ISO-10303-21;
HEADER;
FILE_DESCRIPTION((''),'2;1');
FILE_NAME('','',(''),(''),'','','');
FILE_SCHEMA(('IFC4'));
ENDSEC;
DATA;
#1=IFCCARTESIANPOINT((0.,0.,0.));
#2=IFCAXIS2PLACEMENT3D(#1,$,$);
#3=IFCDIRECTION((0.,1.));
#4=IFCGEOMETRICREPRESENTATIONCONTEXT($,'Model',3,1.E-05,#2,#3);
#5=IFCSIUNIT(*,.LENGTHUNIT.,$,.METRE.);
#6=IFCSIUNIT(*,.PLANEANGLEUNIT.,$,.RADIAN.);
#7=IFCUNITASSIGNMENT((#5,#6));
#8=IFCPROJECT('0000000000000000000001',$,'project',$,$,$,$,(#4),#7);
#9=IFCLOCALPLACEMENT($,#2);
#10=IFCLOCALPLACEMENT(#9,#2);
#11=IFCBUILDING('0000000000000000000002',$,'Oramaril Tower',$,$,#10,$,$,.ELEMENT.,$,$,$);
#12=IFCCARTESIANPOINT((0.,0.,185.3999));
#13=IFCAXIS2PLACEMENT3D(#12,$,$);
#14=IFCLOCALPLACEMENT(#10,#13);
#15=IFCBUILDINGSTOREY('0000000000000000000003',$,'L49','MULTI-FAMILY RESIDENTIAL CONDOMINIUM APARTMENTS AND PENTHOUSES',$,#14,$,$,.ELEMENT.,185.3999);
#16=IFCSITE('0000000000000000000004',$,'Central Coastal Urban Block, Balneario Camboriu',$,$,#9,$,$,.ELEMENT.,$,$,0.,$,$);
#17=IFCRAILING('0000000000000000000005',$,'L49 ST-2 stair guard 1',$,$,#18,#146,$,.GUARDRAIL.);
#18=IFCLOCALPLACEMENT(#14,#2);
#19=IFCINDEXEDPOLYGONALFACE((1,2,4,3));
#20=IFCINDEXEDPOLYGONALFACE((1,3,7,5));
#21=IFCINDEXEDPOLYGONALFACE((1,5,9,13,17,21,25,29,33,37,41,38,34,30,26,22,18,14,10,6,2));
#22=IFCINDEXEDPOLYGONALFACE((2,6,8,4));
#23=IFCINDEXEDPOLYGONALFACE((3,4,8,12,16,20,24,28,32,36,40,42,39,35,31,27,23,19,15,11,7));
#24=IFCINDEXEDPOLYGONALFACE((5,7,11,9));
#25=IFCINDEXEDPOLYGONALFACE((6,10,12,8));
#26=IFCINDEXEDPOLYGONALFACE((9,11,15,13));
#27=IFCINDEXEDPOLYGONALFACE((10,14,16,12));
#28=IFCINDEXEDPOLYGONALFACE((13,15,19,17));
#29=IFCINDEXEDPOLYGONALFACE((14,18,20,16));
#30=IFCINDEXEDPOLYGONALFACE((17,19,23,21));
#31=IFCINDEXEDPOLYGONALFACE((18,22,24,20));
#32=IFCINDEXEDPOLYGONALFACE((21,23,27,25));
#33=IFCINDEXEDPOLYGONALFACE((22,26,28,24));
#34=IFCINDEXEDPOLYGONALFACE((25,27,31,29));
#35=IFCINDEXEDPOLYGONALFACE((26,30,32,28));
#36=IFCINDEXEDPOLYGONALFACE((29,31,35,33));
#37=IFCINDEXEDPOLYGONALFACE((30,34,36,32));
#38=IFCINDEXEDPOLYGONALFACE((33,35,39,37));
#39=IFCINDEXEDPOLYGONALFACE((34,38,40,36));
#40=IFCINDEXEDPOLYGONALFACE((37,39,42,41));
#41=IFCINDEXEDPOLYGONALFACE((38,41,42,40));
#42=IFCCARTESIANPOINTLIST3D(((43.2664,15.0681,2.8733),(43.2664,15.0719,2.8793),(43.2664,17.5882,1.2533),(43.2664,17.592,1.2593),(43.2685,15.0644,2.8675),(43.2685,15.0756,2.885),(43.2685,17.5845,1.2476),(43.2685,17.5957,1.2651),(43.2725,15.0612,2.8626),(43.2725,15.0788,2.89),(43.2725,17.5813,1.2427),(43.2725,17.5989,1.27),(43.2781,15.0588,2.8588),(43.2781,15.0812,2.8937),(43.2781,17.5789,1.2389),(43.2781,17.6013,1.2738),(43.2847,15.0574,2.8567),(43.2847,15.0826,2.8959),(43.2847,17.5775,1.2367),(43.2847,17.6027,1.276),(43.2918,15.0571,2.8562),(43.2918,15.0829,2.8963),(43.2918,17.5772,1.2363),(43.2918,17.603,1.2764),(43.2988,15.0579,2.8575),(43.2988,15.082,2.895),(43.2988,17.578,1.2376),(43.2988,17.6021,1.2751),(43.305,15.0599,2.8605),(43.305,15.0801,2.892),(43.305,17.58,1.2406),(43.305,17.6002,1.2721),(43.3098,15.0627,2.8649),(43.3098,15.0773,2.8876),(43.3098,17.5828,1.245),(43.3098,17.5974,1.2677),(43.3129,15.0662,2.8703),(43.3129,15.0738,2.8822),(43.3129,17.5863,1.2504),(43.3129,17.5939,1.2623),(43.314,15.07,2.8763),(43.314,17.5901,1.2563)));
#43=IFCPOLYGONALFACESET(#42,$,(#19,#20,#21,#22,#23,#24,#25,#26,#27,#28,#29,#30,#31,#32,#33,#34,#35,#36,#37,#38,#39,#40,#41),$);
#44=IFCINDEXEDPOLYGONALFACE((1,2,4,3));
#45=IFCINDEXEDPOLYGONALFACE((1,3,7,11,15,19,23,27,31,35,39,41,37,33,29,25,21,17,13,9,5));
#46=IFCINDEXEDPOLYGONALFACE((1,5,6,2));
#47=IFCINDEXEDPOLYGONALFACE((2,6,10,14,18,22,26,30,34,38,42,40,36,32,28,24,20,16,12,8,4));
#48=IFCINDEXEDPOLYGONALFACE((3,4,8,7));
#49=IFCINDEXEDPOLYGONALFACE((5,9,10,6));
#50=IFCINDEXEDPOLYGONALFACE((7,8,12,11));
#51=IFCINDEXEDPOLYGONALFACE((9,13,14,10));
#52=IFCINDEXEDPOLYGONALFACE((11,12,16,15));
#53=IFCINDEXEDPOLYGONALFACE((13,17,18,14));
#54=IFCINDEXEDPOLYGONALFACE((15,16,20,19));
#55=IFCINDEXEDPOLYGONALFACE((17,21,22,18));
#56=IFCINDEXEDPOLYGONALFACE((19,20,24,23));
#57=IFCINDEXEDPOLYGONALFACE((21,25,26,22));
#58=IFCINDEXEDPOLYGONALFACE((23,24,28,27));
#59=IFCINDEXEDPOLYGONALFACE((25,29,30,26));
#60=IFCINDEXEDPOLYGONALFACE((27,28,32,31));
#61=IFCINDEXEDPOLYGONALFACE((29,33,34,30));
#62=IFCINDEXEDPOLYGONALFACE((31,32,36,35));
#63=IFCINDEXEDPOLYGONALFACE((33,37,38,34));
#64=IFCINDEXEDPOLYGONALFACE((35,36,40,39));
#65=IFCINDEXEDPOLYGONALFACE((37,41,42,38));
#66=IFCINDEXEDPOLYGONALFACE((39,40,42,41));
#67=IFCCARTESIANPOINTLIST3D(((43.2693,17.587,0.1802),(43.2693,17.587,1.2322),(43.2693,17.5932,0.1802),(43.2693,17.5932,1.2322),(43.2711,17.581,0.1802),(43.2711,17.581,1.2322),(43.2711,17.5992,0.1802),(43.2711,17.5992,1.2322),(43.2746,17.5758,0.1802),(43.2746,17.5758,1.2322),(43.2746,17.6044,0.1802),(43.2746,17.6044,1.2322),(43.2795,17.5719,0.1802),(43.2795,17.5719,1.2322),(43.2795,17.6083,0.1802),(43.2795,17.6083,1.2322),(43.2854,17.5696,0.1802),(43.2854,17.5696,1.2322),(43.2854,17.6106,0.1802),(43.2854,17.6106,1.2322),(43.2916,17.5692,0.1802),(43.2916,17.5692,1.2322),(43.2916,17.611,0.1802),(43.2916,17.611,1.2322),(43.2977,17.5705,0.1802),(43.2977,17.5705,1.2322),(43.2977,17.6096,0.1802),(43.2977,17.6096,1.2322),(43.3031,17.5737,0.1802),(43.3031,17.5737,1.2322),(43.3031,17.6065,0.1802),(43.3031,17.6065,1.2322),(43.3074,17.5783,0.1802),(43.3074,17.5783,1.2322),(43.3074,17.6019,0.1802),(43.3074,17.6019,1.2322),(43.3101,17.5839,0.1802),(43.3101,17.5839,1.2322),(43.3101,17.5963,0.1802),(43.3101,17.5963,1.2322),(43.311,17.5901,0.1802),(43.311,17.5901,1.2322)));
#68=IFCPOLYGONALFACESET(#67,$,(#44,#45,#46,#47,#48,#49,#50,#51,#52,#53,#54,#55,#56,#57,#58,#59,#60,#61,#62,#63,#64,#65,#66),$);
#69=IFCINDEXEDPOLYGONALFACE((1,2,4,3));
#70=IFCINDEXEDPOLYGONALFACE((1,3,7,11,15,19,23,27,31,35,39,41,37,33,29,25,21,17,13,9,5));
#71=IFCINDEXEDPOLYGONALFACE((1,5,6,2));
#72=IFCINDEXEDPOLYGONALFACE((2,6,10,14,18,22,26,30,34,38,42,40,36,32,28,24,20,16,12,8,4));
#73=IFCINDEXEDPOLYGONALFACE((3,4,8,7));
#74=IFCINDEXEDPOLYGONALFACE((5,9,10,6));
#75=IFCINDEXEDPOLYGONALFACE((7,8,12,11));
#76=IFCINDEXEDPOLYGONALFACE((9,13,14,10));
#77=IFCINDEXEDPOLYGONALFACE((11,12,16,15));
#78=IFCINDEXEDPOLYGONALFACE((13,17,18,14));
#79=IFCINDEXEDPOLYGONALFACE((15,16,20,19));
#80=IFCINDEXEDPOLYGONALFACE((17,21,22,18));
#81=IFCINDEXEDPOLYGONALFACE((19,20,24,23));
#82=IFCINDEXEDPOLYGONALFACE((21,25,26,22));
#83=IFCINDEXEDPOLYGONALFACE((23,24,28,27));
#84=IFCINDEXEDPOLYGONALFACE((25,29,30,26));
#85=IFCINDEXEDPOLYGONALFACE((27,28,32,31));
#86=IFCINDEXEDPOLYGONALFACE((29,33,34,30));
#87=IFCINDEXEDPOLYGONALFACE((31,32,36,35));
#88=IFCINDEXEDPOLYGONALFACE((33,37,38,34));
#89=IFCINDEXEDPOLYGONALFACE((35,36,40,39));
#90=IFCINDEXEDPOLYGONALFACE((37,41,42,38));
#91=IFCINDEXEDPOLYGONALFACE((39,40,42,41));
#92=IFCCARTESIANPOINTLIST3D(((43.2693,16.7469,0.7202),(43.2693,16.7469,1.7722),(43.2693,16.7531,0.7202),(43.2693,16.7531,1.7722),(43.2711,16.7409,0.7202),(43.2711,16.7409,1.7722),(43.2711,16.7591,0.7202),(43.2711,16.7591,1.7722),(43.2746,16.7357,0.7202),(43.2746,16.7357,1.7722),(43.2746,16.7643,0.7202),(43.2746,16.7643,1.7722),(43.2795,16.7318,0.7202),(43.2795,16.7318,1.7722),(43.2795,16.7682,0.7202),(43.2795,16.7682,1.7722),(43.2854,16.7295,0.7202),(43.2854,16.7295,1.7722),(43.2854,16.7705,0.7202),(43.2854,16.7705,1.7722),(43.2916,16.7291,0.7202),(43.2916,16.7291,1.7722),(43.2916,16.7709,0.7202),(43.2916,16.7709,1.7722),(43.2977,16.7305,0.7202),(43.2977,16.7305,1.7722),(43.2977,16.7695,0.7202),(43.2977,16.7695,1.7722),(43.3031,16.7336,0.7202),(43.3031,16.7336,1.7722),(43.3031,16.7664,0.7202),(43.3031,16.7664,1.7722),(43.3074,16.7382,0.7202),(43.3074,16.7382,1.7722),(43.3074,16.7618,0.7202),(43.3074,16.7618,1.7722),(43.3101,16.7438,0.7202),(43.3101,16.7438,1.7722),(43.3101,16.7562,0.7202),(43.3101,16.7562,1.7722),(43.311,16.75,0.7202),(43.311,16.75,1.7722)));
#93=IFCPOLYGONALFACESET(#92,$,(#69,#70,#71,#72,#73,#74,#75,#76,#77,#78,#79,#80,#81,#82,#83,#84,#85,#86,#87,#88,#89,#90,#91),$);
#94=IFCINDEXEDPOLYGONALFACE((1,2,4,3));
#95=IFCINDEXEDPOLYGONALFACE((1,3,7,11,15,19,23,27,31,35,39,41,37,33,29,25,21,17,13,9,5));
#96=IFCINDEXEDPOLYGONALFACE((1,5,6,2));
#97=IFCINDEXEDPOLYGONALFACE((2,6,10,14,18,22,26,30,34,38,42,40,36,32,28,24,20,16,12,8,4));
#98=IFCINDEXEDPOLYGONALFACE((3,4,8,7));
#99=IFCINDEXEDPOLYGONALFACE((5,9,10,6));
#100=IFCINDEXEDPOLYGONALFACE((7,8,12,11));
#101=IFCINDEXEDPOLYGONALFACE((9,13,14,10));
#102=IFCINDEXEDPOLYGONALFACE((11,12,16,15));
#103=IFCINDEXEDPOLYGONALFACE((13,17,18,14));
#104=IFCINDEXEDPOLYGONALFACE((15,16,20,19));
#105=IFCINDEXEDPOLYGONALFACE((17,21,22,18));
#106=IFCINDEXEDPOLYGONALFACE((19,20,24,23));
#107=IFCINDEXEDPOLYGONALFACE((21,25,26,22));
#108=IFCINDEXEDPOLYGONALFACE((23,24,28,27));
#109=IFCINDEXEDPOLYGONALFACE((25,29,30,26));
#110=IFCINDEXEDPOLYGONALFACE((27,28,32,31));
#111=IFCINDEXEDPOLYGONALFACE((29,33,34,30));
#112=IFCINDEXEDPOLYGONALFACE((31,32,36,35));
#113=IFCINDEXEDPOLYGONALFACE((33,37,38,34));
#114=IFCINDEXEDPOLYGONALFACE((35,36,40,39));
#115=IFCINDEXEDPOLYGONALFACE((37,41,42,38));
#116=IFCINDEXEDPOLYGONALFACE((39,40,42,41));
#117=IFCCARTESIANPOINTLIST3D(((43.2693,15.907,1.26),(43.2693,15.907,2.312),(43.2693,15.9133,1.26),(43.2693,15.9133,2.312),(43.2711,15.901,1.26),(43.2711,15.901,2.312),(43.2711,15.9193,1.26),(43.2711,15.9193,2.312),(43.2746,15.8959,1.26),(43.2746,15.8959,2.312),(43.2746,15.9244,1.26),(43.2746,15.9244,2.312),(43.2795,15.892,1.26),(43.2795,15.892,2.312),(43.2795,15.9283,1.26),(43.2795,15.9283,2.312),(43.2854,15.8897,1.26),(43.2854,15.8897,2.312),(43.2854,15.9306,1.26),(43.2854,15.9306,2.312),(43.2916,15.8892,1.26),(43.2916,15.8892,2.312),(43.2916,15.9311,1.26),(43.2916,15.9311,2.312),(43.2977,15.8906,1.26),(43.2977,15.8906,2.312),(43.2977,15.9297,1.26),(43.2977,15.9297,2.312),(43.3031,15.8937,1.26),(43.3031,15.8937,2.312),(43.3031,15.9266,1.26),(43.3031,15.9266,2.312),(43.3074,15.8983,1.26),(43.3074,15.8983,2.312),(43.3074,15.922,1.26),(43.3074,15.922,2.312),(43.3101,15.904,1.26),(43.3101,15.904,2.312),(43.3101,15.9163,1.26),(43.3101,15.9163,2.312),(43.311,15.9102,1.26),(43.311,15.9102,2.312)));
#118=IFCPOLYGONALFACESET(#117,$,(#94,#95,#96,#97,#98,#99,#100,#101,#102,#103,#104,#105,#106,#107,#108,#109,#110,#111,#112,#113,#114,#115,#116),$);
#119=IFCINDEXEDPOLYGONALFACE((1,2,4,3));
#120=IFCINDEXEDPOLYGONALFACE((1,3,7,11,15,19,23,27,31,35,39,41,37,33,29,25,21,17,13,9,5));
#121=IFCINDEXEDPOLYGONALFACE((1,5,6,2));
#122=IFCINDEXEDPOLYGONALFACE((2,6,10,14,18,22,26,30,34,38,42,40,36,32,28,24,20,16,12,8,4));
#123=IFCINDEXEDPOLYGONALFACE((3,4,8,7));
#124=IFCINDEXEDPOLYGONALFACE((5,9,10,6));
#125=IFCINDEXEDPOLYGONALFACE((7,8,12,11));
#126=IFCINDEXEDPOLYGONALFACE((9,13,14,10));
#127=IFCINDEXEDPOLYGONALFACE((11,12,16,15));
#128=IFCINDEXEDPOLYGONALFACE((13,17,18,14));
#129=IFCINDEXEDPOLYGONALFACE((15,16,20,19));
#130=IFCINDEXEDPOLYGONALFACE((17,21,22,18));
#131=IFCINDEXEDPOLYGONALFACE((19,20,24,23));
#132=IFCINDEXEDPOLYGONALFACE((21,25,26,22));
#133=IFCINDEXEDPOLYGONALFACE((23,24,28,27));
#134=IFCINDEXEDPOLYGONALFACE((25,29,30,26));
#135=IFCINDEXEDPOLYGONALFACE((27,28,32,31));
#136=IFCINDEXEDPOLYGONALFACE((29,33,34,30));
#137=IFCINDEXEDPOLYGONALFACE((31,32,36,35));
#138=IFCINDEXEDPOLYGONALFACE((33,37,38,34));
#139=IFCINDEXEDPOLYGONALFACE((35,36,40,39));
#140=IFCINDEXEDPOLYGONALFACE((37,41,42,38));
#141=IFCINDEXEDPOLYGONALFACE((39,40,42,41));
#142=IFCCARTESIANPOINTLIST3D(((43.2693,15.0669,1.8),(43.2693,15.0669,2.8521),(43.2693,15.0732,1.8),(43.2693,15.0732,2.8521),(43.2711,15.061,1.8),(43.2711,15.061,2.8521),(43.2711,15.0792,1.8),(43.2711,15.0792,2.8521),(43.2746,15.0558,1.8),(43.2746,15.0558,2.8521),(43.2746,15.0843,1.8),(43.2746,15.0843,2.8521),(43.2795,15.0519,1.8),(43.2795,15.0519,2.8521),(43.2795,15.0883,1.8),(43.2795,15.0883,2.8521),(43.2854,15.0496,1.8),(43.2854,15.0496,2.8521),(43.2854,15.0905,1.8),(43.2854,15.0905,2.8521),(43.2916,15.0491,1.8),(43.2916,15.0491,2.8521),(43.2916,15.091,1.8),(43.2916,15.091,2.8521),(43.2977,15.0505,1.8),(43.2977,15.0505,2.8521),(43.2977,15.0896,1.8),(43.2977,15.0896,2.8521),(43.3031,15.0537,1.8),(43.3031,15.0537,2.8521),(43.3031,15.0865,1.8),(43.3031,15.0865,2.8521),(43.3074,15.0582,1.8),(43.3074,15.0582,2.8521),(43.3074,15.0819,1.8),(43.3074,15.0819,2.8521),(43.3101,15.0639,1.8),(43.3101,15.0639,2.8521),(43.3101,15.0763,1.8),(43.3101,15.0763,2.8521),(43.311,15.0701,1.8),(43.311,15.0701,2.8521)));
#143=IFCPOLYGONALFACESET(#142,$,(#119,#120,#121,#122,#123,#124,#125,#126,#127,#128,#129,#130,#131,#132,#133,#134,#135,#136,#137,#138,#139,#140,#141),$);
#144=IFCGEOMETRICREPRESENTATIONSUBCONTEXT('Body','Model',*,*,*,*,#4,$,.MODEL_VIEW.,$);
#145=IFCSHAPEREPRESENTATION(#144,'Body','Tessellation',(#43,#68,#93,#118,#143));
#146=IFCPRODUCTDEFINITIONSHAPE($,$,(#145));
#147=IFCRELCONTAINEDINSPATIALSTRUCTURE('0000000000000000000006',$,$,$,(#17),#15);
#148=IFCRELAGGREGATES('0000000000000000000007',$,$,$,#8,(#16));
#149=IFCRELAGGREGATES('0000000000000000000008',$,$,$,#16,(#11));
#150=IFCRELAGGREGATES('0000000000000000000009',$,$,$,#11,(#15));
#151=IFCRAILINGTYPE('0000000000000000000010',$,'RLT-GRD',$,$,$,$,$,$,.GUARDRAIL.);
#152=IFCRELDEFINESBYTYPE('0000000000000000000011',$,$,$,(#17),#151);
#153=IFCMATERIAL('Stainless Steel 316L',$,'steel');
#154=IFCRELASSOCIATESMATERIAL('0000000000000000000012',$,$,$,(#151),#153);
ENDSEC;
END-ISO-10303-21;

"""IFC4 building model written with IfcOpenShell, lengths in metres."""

from ifc_helpers import new_model, si_unit, direction, frame, origin, origin_2d, place, context, subcontext, project, spatial, circle, extrude, material, type_object, element, save


model = new_model("IFC4")

# Units and contexts
model_context = context("Model", 3, precision=1e-05, world=origin(), true_north=direction((0.0, 1.0)))
body_context = subcontext(model_context, "Body", "Model", "MODEL_VIEW")
ifc_project = project(units=[si_unit("LENGTHUNIT", "METRE"), si_unit("PLANEANGLEUNIT", "RADIAN")], contexts=[model_context])

# Site, building, storey
site_placement = place(None, origin())
site = spatial("IfcSite", under=ifc_project, at=site_placement, Name="Central Coastal Urban Block, Balneario Camboriu", CompositionType="ELEMENT", RefElevation=0.0)
building_placement = place(site_placement, origin())
building = spatial("IfcBuilding", under=site, at=building_placement, Name="Oramaril Tower", CompositionType="ELEMENT")
storey_placement = place(building_placement, frame((0.0, 0.0, 185.3999)))
storey = spatial("IfcBuildingStorey", under=building, at=storey_placement, Name="L49", Description="MULTI-FAMILY RESIDENTIAL CONDOMINIUM APARTMENTS AND PENTHOUSES", CompositionType="ELEMENT", Elevation=185.3999)

# Railing
ifc_material_1 = material(Name="Stainless Steel 316L", Category="steel")
railing_type_1 = type_object("IfcRailingType", Name="RLT-GRD", PredefinedType="GUARDRAIL", material=ifc_material_1)
railing_1_placement = place(storey_placement, frame((43.29, 17.5901, 0.1802)))
element("IfcRailing", 1, at=railing_1_placement, inside=storey, type_object=railing_type_1, Name="L49 ST-2 stair guard 1", PredefinedType="GUARDRAIL", context=body_context, shape_type="SweptSolid", body=[
    extrude(circle(Radius=0.0239, at=origin_2d()), frame((0.0, 0.0, 1.0762), z_axis=(0.0, -0.8412, 0.540725), x_axis=(1.0, 0.0, 0.0)), (0.0, 0.0, 1.0), 2.9958),
    extrude(circle(Radius=0.021, at=origin_2d()), origin(), (0.0, 0.0, 1.0), 1.052),
    extrude(circle(Radius=0.021, at=origin_2d()), frame((0.0, -0.8401, 0.54)), (0.0, 0.0, 1.0), 1.052),
    extrude(circle(Radius=0.021, at=origin_2d()), frame((0.0, -1.6799, 1.0798)), (0.0, 0.0, 1.0), 1.052),
    extrude(circle(Radius=0.021, at=origin_2d()), frame((0.0, -2.52, 1.6199)), (0.0, 0.0, 1.0), 1.052),
])

save(model, "model.ifc")
